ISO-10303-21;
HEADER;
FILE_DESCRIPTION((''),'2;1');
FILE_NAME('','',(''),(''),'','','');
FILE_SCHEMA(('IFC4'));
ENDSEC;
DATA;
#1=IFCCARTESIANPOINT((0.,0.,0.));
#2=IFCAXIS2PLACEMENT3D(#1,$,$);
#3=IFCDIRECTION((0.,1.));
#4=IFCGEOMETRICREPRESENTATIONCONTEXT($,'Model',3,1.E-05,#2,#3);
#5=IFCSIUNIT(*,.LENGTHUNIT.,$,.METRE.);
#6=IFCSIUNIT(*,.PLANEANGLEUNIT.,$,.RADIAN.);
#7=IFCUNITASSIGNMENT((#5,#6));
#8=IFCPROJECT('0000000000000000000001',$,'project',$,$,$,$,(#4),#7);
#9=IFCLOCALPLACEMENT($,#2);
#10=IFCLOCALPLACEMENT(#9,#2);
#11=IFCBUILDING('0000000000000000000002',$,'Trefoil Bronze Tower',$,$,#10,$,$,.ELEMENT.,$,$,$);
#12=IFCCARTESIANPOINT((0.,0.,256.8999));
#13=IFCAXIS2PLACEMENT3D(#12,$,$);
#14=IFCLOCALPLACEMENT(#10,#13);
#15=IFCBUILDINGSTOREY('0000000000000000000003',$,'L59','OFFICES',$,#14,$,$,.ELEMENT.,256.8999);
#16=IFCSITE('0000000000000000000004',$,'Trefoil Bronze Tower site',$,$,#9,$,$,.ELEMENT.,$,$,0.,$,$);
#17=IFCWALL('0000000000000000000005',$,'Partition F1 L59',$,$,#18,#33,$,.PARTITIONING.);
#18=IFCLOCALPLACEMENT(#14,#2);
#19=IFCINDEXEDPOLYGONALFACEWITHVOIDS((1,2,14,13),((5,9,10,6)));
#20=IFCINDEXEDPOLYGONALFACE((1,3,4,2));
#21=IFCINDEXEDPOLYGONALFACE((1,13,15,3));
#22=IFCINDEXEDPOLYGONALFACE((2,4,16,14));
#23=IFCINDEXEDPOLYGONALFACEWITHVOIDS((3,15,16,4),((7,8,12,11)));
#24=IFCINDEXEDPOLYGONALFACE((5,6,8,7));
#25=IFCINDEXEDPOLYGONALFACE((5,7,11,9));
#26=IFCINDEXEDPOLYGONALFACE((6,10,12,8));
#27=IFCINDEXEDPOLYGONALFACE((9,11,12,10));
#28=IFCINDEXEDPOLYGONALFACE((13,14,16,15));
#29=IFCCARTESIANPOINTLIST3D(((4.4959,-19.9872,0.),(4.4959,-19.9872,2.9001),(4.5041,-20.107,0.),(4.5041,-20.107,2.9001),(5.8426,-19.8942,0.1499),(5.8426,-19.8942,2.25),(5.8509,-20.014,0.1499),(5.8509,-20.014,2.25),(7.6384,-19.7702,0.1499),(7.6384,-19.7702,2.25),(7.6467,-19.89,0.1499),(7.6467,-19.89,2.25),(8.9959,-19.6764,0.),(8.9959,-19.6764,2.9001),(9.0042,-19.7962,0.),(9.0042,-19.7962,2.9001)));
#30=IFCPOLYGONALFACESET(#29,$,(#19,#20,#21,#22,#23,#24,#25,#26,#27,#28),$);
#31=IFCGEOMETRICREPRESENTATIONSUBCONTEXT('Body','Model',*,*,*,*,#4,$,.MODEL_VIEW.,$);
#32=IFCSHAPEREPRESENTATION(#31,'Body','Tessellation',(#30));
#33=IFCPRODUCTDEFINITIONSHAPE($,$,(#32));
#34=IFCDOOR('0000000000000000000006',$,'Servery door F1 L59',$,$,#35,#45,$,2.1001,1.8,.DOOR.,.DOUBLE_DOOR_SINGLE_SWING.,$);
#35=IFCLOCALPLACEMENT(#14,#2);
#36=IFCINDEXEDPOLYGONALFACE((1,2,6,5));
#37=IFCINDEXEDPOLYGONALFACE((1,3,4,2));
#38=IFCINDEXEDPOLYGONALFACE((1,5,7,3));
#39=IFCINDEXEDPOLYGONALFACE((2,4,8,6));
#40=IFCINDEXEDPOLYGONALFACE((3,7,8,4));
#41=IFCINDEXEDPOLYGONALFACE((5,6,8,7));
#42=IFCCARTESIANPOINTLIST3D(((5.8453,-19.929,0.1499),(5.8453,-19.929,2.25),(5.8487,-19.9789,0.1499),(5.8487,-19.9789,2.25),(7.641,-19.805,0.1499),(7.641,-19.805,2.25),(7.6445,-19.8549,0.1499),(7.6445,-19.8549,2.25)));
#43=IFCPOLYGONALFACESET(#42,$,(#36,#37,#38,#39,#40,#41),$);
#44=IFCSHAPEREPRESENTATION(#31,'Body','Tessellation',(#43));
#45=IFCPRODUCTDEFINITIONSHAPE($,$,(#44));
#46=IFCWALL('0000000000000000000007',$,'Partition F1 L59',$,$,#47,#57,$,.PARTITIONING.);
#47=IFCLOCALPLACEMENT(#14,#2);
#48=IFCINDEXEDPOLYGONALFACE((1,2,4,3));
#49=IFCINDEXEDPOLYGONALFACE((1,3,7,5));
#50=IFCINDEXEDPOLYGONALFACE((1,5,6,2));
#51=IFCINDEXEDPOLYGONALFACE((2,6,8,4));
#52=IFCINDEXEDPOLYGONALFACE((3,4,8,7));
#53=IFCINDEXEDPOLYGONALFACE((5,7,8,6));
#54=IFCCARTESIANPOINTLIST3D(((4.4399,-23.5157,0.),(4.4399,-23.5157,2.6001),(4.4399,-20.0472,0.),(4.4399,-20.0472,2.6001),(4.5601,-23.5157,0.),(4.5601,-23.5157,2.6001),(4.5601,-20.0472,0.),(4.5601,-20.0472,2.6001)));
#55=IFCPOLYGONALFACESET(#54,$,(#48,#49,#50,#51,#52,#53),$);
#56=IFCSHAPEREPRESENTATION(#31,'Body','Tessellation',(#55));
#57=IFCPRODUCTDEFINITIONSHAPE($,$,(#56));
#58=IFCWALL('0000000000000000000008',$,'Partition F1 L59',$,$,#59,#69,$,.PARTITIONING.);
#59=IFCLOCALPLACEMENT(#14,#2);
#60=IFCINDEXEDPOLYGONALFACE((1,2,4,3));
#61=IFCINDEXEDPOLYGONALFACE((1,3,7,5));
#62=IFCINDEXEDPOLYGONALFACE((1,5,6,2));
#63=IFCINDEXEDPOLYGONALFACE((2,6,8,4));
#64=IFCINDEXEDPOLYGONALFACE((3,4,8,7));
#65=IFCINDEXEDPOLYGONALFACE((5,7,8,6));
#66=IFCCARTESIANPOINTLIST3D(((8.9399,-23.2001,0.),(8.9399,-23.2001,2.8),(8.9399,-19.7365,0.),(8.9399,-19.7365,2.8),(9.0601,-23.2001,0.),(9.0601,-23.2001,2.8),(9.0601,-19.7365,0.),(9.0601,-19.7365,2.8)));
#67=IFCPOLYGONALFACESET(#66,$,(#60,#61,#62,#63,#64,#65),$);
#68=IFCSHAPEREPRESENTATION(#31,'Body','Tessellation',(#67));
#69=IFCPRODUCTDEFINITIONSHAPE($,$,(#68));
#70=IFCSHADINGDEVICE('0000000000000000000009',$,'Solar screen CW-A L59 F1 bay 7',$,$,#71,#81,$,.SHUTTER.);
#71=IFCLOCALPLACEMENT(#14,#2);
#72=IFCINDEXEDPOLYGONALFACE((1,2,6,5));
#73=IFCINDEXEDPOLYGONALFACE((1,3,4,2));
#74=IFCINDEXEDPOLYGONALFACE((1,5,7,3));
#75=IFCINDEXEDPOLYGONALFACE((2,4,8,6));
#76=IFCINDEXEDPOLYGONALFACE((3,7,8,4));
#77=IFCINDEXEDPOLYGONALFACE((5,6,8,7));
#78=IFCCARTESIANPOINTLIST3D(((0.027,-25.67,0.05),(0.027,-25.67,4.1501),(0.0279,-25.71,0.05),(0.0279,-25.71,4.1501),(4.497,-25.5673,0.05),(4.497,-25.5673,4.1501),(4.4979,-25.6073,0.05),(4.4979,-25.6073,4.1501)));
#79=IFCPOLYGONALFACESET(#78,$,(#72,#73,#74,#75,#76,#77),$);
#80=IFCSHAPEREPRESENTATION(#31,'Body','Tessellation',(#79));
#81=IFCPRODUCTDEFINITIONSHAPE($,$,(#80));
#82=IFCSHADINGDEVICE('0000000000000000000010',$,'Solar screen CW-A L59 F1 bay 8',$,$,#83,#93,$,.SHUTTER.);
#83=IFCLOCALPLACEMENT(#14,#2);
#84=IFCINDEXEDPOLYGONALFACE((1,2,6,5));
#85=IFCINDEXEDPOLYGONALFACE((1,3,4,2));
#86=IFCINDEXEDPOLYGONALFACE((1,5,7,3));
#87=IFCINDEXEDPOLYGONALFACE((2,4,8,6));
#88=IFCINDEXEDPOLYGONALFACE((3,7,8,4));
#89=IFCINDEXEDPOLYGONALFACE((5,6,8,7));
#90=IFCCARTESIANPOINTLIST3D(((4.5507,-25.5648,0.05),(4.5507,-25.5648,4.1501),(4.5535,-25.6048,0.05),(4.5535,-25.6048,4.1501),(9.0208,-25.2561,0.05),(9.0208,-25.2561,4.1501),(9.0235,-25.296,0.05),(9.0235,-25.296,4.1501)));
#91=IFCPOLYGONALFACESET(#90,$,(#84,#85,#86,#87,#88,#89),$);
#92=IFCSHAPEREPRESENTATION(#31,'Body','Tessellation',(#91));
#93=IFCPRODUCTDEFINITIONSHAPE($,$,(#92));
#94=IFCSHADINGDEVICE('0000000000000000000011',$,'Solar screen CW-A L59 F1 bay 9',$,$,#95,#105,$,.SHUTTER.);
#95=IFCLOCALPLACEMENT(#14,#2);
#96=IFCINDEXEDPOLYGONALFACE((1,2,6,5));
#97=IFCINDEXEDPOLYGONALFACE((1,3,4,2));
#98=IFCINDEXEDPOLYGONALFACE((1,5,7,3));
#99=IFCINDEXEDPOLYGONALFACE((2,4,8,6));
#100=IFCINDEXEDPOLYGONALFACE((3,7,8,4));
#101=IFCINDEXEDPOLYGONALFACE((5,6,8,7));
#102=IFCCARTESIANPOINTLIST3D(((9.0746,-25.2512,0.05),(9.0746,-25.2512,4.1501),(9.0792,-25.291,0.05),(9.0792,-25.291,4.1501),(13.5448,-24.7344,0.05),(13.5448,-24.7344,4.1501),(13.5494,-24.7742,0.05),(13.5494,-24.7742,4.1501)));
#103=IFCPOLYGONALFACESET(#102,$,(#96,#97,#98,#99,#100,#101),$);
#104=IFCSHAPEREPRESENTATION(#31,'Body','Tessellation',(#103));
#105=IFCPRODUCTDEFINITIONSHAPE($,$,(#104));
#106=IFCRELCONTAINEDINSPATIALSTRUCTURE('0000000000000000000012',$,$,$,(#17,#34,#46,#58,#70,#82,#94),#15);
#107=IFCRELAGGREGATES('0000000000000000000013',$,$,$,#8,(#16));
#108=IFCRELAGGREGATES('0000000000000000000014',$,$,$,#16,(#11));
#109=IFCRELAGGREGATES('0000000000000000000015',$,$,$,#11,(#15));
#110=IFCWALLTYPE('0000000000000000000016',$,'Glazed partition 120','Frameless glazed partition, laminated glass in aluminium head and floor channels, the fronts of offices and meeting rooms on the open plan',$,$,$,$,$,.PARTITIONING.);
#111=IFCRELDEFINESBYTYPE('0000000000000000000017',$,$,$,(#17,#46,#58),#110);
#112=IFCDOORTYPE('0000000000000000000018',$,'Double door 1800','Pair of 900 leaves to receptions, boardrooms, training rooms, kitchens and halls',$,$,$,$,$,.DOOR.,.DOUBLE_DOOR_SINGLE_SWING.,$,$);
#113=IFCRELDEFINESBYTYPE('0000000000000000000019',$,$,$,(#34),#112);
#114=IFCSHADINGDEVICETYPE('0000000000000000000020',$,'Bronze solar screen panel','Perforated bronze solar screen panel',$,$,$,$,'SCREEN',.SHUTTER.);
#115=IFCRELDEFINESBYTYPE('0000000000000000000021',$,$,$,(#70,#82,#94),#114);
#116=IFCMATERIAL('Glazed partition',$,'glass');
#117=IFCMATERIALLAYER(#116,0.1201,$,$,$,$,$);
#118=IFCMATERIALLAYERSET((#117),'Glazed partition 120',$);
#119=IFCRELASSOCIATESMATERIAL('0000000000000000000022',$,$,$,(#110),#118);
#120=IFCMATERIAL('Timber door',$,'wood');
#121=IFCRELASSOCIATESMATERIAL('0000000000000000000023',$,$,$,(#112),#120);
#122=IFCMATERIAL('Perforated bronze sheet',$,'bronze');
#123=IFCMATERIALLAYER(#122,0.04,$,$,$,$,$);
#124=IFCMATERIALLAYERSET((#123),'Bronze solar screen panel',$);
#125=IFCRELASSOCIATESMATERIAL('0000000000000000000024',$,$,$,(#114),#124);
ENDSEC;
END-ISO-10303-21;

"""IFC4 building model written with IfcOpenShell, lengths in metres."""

from ifc_helpers import new_model, si_unit, direction, frame, frame_2d, origin, origin_2d, place, context, subcontext, project, spatial, rectangle, extrude, material, layer, layer_set, type_object, element, fill, save


model = new_model("IFC4")

# Units and contexts
model_context = context("Model", 3, precision=1e-05, world=origin(), true_north=direction((0.0, 1.0)))
body_context = subcontext(model_context, "Body", "Model", "MODEL_VIEW")
ifc_project = project(units=[si_unit("LENGTHUNIT", "METRE"), si_unit("PLANEANGLEUNIT", "RADIAN")], contexts=[model_context])

# Site, building, storey
site_placement = place(None, origin())
site = spatial("IfcSite", under=ifc_project, at=site_placement, Name="Trefoil Bronze Tower site", CompositionType="ELEMENT", RefElevation=0.0)
building_placement = place(site_placement, origin())
building = spatial("IfcBuilding", under=site, at=building_placement, Name="Trefoil Bronze Tower", CompositionType="ELEMENT")
storey_placement = place(building_placement, frame((0.0, 0.0, 256.8999)))
storey = spatial("IfcBuildingStorey", under=building, at=storey_placement, Name="L59", Description="OFFICES", CompositionType="ELEMENT", Elevation=256.8999)

# Wall, opening, door
ifc_material_1 = material(Name="Glazed partition", Category="glass")
ifc_layer_1 = layer(ifc_material_1, 0.1201)
ifc_layer_set_1 = layer_set([ifc_layer_1], Name="Glazed partition 120")
wall_type_1 = type_object("IfcWallType", Name="Glazed partition 120", Description="Frameless glazed partition, laminated glass in aluminium head and floor channels, the fronts of offices and meeting rooms on the open plan", PredefinedType="PARTITIONING", material=ifc_layer_set_1)
wall_1_placement = place(storey_placement, frame((4.5, -20.0471, 0.0), z_axis=(0.0, 0.0, 1.0), x_axis=(0.997624, 0.068901, 0.0)))
wall_1 = element("IfcWall", 1, at=wall_1_placement, inside=storey, type_object=wall_type_1, Name="Partition F1 L59", PredefinedType="PARTITIONING", context=body_context, shape_type="SweptSolid", body=[
    extrude(rectangle(XDim=4.5107, YDim=0.1201, at=frame_2d((2.2554, 0.0))), origin(), (0.0, 0.0, 1.0), 2.9001),
])
opening_placement = place(wall_1_placement, frame((1.3501, 0.0, 0.1499)))
opening = element("IfcOpeningElement", 2, at=opening_placement, cuts=wall_1, PredefinedType="OPENING", context=body_context, shape_type="SweptSolid", body=[
    extrude(rectangle(XDim=1.8, YDim=2.1001, at=frame_2d((0.8999, 1.05))), frame((0.0, 0.0701, 0.0), z_axis=(0.0, -1.0, 0.0), x_axis=(1.0, 0.0, 0.0)), (0.0, 0.0, 1.0), 0.1401),
])
ifc_material_2 = material(Name="Timber door", Category="wood")
door_type = type_object("IfcDoorType", Name="Double door 1800", Description="Pair of 900 leaves to receptions, boardrooms, training rooms, kitchens and halls", OperationType="DOUBLE_DOOR_SINGLE_SWING", PredefinedType="DOOR", material=ifc_material_2)
door_placement = place(opening_placement, frame((1.8, 0.0, 0.0), z_axis=(0.0, 0.0, 1.0), x_axis=(-1.0, 0.0, 0.0)))
door = element("IfcDoor", 3, at=door_placement, inside=storey, type_object=door_type, Name="Servery door F1 L59", OperationType="DOUBLE_DOOR_SINGLE_SWING", OverallHeight=2.1001, OverallWidth=1.8, PredefinedType="DOOR", context=body_context, shape_type="SweptSolid", body=[
    extrude(rectangle(XDim=1.8, YDim=2.1001, at=frame_2d((0.8999, 1.05))), frame((0.0, 0.0249, 0.0), z_axis=(0.0, -1.0, 0.0), x_axis=(1.0, 0.0, 0.0)), (0.0, 0.0, 1.0), 0.05),
])
fill(opening, door)

# Walls
wall_2_placement = place(storey_placement, frame((4.5, -20.0471, 0.0), z_axis=(0.0, 0.0, 1.0), x_axis=(0.0, -1.0, 0.0)))
element("IfcWall", 4, at=wall_2_placement, inside=storey, type_object=wall_type_1, Name="Partition F1 L59", PredefinedType="PARTITIONING", context=body_context, shape_type="SweptSolid", body=[
    extrude(rectangle(XDim=3.4685, YDim=0.1201, at=frame_2d((1.7344, 0.0))), origin(), (0.0, 0.0, 1.0), 2.6001),
])
wall_3_placement = place(storey_placement, frame((9.0, -19.7363, 0.0), z_axis=(0.0, 0.0, 1.0), x_axis=(0.0, -1.0, 0.0)))
element("IfcWall", 5, at=wall_3_placement, inside=storey, type_object=wall_type_1, Name="Partition F1 L59", PredefinedType="PARTITIONING", context=body_context, shape_type="SweptSolid", body=[
    extrude(rectangle(XDim=3.4636, YDim=0.1201, at=frame_2d((1.7319, 0.0))), origin(), (0.0, 0.0, 1.0), 2.8),
])

# Shading devices
ifc_material_3 = material(Name="Perforated bronze sheet", Category="bronze")
ifc_layer_2 = layer(ifc_material_3, 0.04)
ifc_layer_set_2 = layer_set([ifc_layer_2], Name="Bronze solar screen panel")
shading_device_type = type_object("IfcShadingDeviceType", Name="Bronze solar screen panel", Description="Perforated bronze solar screen panel", ElementType="SCREEN", PredefinedType="SHUTTER", material=ifc_layer_set_2)
shading_device_1_placement = place(storey_placement, frame((2.2625, -25.6387, 0.05), z_axis=(0.0, 0.0, 1.0), x_axis=(0.999736, 0.022972, 0.0)))
element("IfcShadingDevice", 6, at=shading_device_1_placement, inside=storey, type_object=shading_device_type, Name="Solar screen CW-A L59 F1 bay 7", PredefinedType="SHUTTER", context=body_context, shape_type="SweptSolid", body=[
    extrude(rectangle(XDim=4.4712, YDim=0.04, at=origin_2d()), origin(), (0.0, 0.0, 1.0), 4.1001),
])
shading_device_2_placement = place(storey_placement, frame((6.7871, -25.4304, 0.05), z_axis=(0.0, 0.0, 1.0), x_axis=(0.997623, 0.068915, 0.0)))
element("IfcShadingDevice", 7, at=shading_device_2_placement, inside=storey, type_object=shading_device_type, Name="Solar screen CW-A L59 F1 bay 8", PredefinedType="SHUTTER", context=body_context, shape_type="SweptSolid", body=[
    extrude(rectangle(XDim=4.4807, YDim=0.04, at=origin_2d()), origin(), (0.0, 0.0, 1.0), 4.1001),
])
shading_device_3_placement = place(storey_placement, frame((11.312, -25.0127, 0.05), z_axis=(0.0, 0.0, 1.0), x_axis=(0.993382, 0.114859, 0.0)))
element("IfcShadingDevice", 8, at=shading_device_3_placement, inside=storey, type_object=shading_device_type, Name="Solar screen CW-A L59 F1 bay 9", PredefinedType="SHUTTER", context=body_context, shape_type="SweptSolid", body=[
    extrude(rectangle(XDim=4.5, YDim=0.04, at=origin_2d()), origin(), (0.0, 0.0, 1.0), 4.1001),
])

save(model, "model.ifc")
